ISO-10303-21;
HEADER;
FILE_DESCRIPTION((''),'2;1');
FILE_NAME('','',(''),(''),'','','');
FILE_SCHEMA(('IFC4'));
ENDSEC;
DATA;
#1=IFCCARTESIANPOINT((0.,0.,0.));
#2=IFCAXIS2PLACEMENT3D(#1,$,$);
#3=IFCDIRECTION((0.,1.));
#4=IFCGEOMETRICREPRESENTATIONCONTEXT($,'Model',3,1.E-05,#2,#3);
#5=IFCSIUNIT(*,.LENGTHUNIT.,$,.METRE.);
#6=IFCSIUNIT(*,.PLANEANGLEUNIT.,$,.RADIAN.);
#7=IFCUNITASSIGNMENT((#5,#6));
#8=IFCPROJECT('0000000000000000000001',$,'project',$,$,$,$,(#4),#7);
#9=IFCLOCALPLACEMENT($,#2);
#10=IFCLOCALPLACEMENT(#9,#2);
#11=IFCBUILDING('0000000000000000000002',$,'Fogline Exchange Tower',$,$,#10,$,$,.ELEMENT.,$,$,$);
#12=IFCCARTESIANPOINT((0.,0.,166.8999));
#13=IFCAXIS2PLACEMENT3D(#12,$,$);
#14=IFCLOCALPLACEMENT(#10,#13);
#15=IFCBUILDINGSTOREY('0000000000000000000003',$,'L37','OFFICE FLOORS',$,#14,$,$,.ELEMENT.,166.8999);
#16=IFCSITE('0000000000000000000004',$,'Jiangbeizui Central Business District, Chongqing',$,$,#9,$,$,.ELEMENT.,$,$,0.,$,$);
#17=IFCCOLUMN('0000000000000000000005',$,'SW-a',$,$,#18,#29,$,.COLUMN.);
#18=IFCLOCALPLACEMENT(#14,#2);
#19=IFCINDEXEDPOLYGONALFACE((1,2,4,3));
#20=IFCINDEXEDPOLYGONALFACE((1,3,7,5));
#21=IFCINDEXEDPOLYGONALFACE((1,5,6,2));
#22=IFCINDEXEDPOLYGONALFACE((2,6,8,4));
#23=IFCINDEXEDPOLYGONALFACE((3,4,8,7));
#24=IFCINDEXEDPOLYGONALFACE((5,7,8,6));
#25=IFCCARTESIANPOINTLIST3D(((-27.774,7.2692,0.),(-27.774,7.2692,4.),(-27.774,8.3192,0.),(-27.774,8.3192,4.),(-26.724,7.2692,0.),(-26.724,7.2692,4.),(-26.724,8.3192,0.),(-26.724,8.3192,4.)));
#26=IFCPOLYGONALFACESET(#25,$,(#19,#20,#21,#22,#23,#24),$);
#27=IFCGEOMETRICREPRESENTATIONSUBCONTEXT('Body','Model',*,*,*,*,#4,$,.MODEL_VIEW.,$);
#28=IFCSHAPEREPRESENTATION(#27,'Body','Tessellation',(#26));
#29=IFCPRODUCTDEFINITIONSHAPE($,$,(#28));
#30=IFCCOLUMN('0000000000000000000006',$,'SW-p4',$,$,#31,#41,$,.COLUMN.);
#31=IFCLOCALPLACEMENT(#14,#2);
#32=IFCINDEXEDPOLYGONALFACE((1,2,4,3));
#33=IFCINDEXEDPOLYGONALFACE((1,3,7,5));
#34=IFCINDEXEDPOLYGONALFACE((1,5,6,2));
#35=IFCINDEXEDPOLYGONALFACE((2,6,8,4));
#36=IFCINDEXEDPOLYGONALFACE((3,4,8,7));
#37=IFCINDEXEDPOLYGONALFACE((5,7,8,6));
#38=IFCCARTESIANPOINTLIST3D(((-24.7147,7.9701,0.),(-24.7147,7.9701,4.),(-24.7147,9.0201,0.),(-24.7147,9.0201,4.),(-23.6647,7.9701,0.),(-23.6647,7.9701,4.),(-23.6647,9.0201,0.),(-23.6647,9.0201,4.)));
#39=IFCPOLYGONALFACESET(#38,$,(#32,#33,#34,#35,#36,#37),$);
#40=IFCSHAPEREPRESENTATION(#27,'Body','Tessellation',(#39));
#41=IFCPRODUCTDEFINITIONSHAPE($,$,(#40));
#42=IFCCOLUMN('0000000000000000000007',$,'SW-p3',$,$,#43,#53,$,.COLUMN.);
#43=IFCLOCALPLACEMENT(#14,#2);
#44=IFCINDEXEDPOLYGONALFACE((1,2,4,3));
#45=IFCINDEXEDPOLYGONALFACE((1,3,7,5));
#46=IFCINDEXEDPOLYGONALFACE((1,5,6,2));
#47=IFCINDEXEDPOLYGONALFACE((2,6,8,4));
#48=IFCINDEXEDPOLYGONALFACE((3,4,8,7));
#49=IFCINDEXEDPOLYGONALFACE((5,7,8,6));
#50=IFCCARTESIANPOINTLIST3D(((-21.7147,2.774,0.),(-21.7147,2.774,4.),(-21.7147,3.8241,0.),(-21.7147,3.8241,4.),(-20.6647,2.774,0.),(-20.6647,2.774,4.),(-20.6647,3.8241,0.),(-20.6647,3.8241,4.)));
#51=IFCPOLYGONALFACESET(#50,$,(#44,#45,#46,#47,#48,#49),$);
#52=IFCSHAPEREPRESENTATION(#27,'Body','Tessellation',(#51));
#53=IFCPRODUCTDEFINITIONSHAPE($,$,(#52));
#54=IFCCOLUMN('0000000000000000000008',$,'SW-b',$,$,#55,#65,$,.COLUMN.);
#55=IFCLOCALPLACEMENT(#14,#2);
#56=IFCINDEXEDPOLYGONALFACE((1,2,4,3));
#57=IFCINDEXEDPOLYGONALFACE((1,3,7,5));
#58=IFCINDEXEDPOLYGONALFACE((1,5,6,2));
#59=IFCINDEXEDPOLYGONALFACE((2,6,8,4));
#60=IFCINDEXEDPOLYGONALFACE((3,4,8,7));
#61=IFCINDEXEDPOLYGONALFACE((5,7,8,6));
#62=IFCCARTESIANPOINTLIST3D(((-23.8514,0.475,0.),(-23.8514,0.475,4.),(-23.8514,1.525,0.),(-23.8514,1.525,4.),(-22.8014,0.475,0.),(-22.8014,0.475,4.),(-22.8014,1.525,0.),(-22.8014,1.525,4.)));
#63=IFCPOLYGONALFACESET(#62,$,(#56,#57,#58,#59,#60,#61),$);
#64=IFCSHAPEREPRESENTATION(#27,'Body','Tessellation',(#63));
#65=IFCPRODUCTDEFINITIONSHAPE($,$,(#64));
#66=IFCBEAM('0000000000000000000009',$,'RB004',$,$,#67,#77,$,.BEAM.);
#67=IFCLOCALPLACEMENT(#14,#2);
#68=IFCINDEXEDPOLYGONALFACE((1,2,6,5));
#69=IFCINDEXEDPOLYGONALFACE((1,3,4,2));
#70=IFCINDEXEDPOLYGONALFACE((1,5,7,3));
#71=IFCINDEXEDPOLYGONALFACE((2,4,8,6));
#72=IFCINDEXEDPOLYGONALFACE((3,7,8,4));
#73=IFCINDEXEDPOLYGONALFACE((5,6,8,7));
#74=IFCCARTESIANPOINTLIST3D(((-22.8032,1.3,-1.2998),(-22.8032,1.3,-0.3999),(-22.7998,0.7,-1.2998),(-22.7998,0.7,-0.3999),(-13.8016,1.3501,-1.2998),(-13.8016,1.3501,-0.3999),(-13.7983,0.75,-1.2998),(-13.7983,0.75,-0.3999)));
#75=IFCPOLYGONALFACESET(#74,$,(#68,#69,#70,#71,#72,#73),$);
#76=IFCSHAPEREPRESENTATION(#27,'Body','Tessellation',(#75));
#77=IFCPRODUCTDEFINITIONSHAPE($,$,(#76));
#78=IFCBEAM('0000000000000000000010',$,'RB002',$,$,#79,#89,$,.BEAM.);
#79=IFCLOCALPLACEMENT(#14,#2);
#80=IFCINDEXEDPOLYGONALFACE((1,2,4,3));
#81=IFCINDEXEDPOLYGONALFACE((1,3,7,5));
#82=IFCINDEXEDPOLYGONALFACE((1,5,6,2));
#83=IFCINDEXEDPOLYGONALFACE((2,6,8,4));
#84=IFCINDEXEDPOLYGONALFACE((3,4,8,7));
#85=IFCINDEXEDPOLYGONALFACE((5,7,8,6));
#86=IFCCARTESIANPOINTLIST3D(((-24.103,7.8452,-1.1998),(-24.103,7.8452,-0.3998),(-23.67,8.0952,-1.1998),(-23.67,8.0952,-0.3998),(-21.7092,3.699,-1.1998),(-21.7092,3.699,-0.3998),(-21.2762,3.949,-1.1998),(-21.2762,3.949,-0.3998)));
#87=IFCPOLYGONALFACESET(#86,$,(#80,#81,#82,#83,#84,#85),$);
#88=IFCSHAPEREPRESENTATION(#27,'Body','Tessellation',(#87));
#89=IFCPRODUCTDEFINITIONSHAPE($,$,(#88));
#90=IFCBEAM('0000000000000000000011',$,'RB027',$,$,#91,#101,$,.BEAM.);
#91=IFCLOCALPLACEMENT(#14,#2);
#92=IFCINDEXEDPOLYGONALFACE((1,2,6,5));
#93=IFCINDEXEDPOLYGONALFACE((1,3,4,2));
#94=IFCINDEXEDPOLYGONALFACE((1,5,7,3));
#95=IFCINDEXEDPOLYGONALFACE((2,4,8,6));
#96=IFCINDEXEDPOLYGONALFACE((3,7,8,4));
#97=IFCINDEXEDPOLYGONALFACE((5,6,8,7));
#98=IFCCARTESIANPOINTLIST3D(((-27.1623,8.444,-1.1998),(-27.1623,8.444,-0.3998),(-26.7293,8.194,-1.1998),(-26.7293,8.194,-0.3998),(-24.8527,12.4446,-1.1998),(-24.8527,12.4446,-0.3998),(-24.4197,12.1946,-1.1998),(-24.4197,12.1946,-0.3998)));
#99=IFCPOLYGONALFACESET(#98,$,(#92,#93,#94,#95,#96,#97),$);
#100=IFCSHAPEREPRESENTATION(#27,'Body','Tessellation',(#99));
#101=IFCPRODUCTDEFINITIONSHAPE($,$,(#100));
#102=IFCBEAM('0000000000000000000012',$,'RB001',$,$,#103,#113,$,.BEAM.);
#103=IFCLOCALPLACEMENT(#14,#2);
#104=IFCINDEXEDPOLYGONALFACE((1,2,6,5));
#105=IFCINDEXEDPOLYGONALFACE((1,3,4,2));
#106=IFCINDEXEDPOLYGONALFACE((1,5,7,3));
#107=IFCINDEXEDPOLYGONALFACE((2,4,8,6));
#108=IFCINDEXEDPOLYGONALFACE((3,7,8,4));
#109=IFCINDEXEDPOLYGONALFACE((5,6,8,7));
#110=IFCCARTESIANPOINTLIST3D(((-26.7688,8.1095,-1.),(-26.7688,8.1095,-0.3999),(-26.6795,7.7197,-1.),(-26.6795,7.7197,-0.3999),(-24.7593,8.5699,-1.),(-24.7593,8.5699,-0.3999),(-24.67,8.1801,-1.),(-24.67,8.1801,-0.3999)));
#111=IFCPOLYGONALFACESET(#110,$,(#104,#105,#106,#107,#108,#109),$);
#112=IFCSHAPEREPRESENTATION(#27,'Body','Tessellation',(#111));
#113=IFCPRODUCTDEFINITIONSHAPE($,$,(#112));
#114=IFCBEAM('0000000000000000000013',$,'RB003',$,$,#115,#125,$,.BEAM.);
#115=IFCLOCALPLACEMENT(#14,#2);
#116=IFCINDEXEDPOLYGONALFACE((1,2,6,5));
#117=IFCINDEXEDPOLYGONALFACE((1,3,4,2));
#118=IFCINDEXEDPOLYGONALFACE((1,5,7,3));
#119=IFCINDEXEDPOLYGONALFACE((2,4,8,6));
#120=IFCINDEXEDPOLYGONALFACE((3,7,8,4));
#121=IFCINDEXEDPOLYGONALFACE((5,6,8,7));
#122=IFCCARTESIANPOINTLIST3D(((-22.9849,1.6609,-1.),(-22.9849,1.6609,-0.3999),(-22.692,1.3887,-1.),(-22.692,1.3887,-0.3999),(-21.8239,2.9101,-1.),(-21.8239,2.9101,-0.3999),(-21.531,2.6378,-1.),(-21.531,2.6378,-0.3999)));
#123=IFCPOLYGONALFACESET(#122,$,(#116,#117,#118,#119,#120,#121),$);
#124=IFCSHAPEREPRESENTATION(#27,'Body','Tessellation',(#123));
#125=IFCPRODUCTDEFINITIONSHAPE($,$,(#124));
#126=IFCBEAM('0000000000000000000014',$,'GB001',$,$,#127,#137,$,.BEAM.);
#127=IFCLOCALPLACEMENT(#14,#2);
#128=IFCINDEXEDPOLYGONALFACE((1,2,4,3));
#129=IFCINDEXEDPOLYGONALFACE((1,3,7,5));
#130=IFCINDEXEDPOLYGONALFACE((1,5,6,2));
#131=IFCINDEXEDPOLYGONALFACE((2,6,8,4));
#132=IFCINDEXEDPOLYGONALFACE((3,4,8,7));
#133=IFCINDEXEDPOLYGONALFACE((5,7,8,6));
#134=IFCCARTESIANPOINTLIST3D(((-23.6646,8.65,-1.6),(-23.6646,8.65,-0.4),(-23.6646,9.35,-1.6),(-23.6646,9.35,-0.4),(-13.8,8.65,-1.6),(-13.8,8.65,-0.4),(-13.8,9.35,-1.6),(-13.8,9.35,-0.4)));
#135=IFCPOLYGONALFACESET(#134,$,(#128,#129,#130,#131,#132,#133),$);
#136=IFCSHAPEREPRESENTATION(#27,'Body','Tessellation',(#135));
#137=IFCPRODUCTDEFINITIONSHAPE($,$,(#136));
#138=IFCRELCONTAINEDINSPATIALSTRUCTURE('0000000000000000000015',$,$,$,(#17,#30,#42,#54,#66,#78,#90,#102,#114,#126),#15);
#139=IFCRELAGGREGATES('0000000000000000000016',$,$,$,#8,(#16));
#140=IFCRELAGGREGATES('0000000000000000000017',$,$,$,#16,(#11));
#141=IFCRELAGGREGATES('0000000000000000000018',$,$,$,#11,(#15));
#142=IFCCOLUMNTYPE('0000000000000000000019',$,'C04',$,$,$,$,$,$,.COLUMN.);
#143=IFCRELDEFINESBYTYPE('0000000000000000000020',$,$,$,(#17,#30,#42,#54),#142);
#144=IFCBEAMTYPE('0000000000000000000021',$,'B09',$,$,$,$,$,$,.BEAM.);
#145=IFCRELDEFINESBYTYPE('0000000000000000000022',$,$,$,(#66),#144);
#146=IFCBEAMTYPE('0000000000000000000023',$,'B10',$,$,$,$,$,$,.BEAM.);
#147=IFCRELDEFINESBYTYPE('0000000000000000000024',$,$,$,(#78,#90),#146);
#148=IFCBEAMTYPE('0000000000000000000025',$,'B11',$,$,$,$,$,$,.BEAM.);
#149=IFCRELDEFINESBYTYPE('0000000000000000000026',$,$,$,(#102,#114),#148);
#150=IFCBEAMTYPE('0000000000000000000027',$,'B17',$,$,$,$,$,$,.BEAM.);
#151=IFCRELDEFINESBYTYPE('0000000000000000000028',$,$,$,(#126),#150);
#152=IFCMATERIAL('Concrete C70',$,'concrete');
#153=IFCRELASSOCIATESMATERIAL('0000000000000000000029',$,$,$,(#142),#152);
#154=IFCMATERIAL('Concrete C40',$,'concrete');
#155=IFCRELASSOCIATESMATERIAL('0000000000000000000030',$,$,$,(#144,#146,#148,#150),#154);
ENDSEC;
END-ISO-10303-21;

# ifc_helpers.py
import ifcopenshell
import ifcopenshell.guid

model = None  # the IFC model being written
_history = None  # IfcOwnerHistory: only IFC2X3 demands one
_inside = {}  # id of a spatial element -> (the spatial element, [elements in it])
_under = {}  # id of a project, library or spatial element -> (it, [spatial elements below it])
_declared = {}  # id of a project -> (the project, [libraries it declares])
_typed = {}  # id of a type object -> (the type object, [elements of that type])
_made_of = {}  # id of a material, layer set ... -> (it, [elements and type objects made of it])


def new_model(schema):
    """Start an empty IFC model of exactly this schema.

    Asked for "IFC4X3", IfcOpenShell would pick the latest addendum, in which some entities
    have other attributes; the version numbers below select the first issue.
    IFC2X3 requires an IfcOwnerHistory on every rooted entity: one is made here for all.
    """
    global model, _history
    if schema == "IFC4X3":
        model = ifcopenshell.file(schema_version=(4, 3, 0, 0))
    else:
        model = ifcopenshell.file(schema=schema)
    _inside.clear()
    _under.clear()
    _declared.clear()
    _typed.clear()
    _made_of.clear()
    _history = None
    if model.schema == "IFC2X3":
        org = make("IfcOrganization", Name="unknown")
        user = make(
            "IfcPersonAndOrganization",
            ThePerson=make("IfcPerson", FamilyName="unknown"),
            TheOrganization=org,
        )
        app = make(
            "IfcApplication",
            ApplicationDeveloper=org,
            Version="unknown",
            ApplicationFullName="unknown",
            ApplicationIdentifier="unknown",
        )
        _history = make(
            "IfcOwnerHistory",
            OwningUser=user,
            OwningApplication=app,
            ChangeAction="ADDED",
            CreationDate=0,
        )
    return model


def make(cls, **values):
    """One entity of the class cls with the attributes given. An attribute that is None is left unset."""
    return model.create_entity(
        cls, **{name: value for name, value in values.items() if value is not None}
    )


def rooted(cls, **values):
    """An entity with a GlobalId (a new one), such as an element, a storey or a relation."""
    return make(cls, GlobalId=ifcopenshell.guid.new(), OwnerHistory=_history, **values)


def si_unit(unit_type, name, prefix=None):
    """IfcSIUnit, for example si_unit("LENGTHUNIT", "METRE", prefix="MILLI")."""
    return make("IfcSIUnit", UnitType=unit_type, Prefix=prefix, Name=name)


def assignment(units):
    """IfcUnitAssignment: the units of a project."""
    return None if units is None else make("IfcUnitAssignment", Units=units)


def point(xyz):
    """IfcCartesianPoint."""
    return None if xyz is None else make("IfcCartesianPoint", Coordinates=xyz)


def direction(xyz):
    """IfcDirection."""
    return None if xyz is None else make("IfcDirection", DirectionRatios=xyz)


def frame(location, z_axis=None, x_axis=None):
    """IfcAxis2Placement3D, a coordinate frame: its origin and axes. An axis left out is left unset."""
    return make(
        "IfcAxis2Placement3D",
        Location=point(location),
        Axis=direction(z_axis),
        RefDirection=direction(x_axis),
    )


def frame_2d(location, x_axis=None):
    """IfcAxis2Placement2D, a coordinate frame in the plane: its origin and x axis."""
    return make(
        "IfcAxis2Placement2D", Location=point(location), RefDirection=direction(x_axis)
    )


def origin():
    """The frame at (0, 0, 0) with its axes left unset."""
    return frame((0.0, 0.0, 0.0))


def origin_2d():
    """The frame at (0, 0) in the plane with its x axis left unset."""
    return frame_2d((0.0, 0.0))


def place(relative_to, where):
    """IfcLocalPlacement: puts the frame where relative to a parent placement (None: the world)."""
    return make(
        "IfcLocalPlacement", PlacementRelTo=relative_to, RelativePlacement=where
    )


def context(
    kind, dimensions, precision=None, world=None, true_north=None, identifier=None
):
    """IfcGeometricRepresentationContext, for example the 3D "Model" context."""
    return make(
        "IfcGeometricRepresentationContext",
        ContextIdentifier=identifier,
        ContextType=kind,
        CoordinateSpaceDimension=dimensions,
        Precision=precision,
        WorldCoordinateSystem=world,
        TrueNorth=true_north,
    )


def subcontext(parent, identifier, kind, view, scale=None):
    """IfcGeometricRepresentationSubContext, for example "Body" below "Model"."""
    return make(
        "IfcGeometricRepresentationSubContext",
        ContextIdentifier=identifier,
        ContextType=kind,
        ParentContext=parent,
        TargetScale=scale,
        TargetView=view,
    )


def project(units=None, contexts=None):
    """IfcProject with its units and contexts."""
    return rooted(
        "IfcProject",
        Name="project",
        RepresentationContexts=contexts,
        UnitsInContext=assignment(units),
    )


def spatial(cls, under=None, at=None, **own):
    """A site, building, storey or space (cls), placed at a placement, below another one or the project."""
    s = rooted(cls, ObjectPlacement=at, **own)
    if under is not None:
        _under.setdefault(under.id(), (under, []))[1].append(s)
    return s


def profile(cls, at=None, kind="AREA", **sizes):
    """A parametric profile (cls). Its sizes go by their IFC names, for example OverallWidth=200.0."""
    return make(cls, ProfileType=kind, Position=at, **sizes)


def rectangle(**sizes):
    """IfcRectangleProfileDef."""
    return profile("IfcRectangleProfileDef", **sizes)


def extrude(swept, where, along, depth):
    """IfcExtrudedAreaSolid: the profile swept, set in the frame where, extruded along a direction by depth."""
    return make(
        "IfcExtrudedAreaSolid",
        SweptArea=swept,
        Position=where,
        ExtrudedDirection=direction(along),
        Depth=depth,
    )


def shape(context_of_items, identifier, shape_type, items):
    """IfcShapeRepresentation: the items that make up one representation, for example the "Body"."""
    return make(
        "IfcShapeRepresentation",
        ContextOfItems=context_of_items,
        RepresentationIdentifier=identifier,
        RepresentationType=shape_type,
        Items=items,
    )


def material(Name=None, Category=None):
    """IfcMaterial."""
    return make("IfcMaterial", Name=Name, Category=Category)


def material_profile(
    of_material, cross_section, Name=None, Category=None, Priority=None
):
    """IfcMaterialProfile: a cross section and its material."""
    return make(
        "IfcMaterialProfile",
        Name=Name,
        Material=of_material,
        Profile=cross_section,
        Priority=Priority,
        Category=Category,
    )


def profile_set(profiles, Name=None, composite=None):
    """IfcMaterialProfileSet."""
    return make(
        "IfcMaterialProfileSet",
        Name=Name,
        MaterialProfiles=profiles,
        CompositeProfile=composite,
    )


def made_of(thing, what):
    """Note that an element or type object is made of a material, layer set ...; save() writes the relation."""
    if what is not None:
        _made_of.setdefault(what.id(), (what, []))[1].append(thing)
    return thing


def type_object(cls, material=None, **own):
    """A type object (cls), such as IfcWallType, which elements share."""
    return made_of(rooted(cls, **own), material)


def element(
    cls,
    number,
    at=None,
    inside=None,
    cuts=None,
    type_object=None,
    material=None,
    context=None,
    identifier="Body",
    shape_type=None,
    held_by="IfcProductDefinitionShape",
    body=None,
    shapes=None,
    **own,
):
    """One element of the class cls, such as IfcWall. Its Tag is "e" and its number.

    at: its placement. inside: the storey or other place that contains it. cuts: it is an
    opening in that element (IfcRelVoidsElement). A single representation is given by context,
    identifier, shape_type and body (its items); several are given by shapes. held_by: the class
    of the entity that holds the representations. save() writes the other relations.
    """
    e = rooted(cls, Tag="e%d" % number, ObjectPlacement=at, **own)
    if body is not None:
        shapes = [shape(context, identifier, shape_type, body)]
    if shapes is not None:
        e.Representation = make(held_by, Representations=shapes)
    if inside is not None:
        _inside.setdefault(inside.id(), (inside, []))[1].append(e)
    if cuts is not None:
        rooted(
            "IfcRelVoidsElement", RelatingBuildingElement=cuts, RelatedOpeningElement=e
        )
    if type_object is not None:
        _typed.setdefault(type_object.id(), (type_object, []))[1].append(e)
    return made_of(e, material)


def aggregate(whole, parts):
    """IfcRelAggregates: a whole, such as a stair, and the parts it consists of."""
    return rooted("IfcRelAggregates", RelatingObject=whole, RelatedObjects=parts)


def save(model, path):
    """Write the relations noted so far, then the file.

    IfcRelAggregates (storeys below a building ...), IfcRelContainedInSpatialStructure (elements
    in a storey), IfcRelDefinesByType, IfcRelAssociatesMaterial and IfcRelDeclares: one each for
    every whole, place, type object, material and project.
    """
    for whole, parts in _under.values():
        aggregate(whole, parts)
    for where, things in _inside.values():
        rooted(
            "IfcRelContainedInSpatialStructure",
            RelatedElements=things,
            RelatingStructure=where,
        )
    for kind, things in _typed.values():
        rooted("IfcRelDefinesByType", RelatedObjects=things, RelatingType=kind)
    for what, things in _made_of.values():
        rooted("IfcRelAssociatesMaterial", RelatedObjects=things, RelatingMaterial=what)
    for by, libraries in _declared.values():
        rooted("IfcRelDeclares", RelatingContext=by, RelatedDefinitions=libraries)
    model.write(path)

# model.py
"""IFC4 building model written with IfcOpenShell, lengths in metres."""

from ifc_helpers import new_model, si_unit, direction, frame, origin, origin_2d, place, context, subcontext, project, spatial, rectangle, extrude, material, material_profile, profile_set, type_object, element, save


model = new_model("IFC4")

# Units and contexts
model_context = context("Model", 3, precision=1e-05, world=origin(), true_north=direction((0.0, 1.0)))
body_context = subcontext(model_context, "Body", "Model", "MODEL_VIEW")
ifc_project = project(units=[si_unit("LENGTHUNIT", "METRE"), si_unit("PLANEANGLEUNIT", "RADIAN")], contexts=[model_context])

# Site, building, storey
site_placement = place(None, origin())
site = spatial("IfcSite", under=ifc_project, at=site_placement, Name="Jiangbeizui Central Business District, Chongqing", CompositionType="ELEMENT", RefElevation=0.0)
building_placement = place(site_placement, origin())
building = spatial("IfcBuilding", under=site, at=building_placement, Name="Fogline Exchange Tower", CompositionType="ELEMENT")
storey_placement = place(building_placement, frame((0.0, 0.0, 166.8999)))
storey = spatial("IfcBuildingStorey", under=building, at=storey_placement, Name="L37", Description="OFFICE FLOORS", CompositionType="ELEMENT", Elevation=166.8999)

# Columns
ifc_material_1 = material(Name="Concrete C70", Category="concrete")
ifc_material_profile_1 = material_profile(ifc_material_1, rectangle(XDim=1.05, YDim=1.05, at=origin_2d()), Name="RC 1050x1050")
ifc_profile_set_1 = profile_set([ifc_material_profile_1], Name="Concrete C70")
column_type = type_object("IfcColumnType", Name="C04", PredefinedType="COLUMN", material=ifc_profile_set_1)
for number, where, z_axis, x_axis, name in (
    (1, (-27.249, 7.7942, 0.0), (0.0, 0.0, 1.0), (1.0, 0.0, 0.0), "SW-a"),
    (2, (-24.1897, 8.4951, 0.0), (0.0, 0.0, 1.0), (1.0, 0.0, 0.0), "SW-p4"),
    (3, (-21.1897, 3.2991, 0.0), (0.0, 0.0, 1.0), (1.0, 0.0, 0.0), "SW-p3"),
    (4, (-23.3264, 1.0, 0.0), (0.0, 0.0, 1.0), (1.0, 0.0, 0.0), "SW-b"),
):
    element("IfcColumn", number, at=place(storey_placement, frame(where, z_axis=z_axis, x_axis=x_axis)), inside=storey, type_object=column_type, Name=name, PredefinedType="COLUMN", context=body_context, shape_type="SweptSolid", body=[
        extrude(rectangle(XDim=1.05, YDim=1.05, at=origin_2d()), origin(), (0.0, 0.0, 1.0), 4.0),
    ])

# Beams
ifc_material_2 = material(Name="Concrete C40", Category="concrete")
ifc_material_profile_2 = material_profile(ifc_material_2, rectangle(XDim=0.6001, YDim=0.8999, at=origin_2d()), Name="RC 600x900")
ifc_profile_set_2 = profile_set([ifc_material_profile_2], Name="Concrete C40")
beam_type_1 = type_object("IfcBeamType", Name="B09", PredefinedType="BEAM", material=ifc_profile_set_2)
beam_1_placement = place(storey_placement, frame((-22.8015, 1.0, -0.8499), z_axis=(0.999985, 0.00556, 0.0), x_axis=(-0.00556, 0.999985, 0.0)))
element("IfcBeam", 5, at=beam_1_placement, inside=storey, type_object=beam_type_1, Name="RB004", PredefinedType="BEAM", context=body_context, shape_type="SweptSolid", body=[
    extrude(rectangle(XDim=0.6001, YDim=0.8999, at=origin_2d()), origin(), (0.0, 0.0, 1.0), 9.0017),
])
ifc_material_profile_3 = material_profile(ifc_material_2, rectangle(XDim=0.5, YDim=0.8, at=origin_2d()), Name="RC 500x800")
ifc_profile_set_3 = profile_set([ifc_material_profile_3], Name="Concrete C40")
beam_type_2 = type_object("IfcBeamType", Name="B10", PredefinedType="BEAM", material=ifc_profile_set_3)
beam_2_placement = place(storey_placement, frame((-23.8865, 7.9702, -0.7998), z_axis=(0.499995, -0.866028, 0.0), x_axis=(0.866028, 0.499995, 0.0)))
element("IfcBeam", 6, at=beam_2_placement, inside=storey, type_object=beam_type_2, Name="RB002", PredefinedType="BEAM", context=body_context, shape_type="SweptSolid", body=[
    extrude(rectangle(XDim=0.5, YDim=0.8, at=origin_2d()), origin(), (0.0, 0.0, 1.0), 4.7876),
])
beam_3_placement = place(storey_placement, frame((-24.6362, 12.3196, -0.7998), z_axis=(-0.499982, -0.866036, 0.0), x_axis=(0.866036, -0.499982, 0.0)))
element("IfcBeam", 7, at=beam_3_placement, inside=storey, type_object=beam_type_2, Name="RB027", PredefinedType="BEAM", context=body_context, shape_type="SweptSolid", body=[
    extrude(rectangle(XDim=0.5, YDim=0.8, at=origin_2d()), origin(), (0.0, 0.0, 1.0), 4.6194),
])
ifc_material_profile_4 = material_profile(ifc_material_2, rectangle(XDim=0.3999, YDim=0.6001, at=origin_2d()), Name="RC 400x600")
ifc_profile_set_4 = profile_set([ifc_material_profile_4], Name="Concrete C40")
beam_type_3 = type_object("IfcBeamType", Name="B11", PredefinedType="BEAM", material=ifc_profile_set_4)
beam_4_placement = place(storey_placement, frame((-26.7241, 7.9146, -0.7), z_axis=(0.974739, 0.223346, 0.0), x_axis=(-0.223346, 0.974739, 0.0)))
element("IfcBeam", 8, at=beam_4_placement, inside=storey, type_object=beam_type_3, Name="RB001", PredefinedType="BEAM", context=body_context, shape_type="SweptSolid", body=[
    extrude(rectangle(XDim=0.3999, YDim=0.6001, at=origin_2d()), origin(), (0.0, 0.0, 1.0), 2.0615),
])
beam_5_placement = place(storey_placement, frame((-21.6775, 2.7739, -0.7), z_axis=(-0.680792, -0.732477, 0.0), x_axis=(0.732477, -0.680792, 0.0)))
element("IfcBeam", 9, at=beam_5_placement, inside=storey, type_object=beam_type_3, Name="RB003", PredefinedType="BEAM", context=body_context, shape_type="SweptSolid", body=[
    extrude(rectangle(XDim=0.3999, YDim=0.6001, at=origin_2d()), origin(), (0.0, 0.0, 1.0), 1.7053),
])
ifc_material_profile_5 = material_profile(ifc_material_2, rectangle(XDim=0.7, YDim=1.2, at=origin_2d()), Name="RC 700x1200")
ifc_profile_set_5 = profile_set([ifc_material_profile_5], Name="Concrete C40")
beam_type_4 = type_object("IfcBeamType", Name="B17", PredefinedType="BEAM", material=ifc_profile_set_5)
beam_6_placement = place(storey_placement, frame((-23.6646, 9.0, -1.0), z_axis=(1.0, 0.0, 0.0), x_axis=(0.0, 1.0, 0.0)))
element("IfcBeam", 10, at=beam_6_placement, inside=storey, type_object=beam_type_4, Name="GB001", PredefinedType="BEAM", context=body_context, shape_type="SweptSolid", body=[
    extrude(rectangle(XDim=0.7, YDim=1.2, at=origin_2d()), origin(), (0.0, 0.0, 1.0), 9.8645),
])

save(model, "model.ifc")
